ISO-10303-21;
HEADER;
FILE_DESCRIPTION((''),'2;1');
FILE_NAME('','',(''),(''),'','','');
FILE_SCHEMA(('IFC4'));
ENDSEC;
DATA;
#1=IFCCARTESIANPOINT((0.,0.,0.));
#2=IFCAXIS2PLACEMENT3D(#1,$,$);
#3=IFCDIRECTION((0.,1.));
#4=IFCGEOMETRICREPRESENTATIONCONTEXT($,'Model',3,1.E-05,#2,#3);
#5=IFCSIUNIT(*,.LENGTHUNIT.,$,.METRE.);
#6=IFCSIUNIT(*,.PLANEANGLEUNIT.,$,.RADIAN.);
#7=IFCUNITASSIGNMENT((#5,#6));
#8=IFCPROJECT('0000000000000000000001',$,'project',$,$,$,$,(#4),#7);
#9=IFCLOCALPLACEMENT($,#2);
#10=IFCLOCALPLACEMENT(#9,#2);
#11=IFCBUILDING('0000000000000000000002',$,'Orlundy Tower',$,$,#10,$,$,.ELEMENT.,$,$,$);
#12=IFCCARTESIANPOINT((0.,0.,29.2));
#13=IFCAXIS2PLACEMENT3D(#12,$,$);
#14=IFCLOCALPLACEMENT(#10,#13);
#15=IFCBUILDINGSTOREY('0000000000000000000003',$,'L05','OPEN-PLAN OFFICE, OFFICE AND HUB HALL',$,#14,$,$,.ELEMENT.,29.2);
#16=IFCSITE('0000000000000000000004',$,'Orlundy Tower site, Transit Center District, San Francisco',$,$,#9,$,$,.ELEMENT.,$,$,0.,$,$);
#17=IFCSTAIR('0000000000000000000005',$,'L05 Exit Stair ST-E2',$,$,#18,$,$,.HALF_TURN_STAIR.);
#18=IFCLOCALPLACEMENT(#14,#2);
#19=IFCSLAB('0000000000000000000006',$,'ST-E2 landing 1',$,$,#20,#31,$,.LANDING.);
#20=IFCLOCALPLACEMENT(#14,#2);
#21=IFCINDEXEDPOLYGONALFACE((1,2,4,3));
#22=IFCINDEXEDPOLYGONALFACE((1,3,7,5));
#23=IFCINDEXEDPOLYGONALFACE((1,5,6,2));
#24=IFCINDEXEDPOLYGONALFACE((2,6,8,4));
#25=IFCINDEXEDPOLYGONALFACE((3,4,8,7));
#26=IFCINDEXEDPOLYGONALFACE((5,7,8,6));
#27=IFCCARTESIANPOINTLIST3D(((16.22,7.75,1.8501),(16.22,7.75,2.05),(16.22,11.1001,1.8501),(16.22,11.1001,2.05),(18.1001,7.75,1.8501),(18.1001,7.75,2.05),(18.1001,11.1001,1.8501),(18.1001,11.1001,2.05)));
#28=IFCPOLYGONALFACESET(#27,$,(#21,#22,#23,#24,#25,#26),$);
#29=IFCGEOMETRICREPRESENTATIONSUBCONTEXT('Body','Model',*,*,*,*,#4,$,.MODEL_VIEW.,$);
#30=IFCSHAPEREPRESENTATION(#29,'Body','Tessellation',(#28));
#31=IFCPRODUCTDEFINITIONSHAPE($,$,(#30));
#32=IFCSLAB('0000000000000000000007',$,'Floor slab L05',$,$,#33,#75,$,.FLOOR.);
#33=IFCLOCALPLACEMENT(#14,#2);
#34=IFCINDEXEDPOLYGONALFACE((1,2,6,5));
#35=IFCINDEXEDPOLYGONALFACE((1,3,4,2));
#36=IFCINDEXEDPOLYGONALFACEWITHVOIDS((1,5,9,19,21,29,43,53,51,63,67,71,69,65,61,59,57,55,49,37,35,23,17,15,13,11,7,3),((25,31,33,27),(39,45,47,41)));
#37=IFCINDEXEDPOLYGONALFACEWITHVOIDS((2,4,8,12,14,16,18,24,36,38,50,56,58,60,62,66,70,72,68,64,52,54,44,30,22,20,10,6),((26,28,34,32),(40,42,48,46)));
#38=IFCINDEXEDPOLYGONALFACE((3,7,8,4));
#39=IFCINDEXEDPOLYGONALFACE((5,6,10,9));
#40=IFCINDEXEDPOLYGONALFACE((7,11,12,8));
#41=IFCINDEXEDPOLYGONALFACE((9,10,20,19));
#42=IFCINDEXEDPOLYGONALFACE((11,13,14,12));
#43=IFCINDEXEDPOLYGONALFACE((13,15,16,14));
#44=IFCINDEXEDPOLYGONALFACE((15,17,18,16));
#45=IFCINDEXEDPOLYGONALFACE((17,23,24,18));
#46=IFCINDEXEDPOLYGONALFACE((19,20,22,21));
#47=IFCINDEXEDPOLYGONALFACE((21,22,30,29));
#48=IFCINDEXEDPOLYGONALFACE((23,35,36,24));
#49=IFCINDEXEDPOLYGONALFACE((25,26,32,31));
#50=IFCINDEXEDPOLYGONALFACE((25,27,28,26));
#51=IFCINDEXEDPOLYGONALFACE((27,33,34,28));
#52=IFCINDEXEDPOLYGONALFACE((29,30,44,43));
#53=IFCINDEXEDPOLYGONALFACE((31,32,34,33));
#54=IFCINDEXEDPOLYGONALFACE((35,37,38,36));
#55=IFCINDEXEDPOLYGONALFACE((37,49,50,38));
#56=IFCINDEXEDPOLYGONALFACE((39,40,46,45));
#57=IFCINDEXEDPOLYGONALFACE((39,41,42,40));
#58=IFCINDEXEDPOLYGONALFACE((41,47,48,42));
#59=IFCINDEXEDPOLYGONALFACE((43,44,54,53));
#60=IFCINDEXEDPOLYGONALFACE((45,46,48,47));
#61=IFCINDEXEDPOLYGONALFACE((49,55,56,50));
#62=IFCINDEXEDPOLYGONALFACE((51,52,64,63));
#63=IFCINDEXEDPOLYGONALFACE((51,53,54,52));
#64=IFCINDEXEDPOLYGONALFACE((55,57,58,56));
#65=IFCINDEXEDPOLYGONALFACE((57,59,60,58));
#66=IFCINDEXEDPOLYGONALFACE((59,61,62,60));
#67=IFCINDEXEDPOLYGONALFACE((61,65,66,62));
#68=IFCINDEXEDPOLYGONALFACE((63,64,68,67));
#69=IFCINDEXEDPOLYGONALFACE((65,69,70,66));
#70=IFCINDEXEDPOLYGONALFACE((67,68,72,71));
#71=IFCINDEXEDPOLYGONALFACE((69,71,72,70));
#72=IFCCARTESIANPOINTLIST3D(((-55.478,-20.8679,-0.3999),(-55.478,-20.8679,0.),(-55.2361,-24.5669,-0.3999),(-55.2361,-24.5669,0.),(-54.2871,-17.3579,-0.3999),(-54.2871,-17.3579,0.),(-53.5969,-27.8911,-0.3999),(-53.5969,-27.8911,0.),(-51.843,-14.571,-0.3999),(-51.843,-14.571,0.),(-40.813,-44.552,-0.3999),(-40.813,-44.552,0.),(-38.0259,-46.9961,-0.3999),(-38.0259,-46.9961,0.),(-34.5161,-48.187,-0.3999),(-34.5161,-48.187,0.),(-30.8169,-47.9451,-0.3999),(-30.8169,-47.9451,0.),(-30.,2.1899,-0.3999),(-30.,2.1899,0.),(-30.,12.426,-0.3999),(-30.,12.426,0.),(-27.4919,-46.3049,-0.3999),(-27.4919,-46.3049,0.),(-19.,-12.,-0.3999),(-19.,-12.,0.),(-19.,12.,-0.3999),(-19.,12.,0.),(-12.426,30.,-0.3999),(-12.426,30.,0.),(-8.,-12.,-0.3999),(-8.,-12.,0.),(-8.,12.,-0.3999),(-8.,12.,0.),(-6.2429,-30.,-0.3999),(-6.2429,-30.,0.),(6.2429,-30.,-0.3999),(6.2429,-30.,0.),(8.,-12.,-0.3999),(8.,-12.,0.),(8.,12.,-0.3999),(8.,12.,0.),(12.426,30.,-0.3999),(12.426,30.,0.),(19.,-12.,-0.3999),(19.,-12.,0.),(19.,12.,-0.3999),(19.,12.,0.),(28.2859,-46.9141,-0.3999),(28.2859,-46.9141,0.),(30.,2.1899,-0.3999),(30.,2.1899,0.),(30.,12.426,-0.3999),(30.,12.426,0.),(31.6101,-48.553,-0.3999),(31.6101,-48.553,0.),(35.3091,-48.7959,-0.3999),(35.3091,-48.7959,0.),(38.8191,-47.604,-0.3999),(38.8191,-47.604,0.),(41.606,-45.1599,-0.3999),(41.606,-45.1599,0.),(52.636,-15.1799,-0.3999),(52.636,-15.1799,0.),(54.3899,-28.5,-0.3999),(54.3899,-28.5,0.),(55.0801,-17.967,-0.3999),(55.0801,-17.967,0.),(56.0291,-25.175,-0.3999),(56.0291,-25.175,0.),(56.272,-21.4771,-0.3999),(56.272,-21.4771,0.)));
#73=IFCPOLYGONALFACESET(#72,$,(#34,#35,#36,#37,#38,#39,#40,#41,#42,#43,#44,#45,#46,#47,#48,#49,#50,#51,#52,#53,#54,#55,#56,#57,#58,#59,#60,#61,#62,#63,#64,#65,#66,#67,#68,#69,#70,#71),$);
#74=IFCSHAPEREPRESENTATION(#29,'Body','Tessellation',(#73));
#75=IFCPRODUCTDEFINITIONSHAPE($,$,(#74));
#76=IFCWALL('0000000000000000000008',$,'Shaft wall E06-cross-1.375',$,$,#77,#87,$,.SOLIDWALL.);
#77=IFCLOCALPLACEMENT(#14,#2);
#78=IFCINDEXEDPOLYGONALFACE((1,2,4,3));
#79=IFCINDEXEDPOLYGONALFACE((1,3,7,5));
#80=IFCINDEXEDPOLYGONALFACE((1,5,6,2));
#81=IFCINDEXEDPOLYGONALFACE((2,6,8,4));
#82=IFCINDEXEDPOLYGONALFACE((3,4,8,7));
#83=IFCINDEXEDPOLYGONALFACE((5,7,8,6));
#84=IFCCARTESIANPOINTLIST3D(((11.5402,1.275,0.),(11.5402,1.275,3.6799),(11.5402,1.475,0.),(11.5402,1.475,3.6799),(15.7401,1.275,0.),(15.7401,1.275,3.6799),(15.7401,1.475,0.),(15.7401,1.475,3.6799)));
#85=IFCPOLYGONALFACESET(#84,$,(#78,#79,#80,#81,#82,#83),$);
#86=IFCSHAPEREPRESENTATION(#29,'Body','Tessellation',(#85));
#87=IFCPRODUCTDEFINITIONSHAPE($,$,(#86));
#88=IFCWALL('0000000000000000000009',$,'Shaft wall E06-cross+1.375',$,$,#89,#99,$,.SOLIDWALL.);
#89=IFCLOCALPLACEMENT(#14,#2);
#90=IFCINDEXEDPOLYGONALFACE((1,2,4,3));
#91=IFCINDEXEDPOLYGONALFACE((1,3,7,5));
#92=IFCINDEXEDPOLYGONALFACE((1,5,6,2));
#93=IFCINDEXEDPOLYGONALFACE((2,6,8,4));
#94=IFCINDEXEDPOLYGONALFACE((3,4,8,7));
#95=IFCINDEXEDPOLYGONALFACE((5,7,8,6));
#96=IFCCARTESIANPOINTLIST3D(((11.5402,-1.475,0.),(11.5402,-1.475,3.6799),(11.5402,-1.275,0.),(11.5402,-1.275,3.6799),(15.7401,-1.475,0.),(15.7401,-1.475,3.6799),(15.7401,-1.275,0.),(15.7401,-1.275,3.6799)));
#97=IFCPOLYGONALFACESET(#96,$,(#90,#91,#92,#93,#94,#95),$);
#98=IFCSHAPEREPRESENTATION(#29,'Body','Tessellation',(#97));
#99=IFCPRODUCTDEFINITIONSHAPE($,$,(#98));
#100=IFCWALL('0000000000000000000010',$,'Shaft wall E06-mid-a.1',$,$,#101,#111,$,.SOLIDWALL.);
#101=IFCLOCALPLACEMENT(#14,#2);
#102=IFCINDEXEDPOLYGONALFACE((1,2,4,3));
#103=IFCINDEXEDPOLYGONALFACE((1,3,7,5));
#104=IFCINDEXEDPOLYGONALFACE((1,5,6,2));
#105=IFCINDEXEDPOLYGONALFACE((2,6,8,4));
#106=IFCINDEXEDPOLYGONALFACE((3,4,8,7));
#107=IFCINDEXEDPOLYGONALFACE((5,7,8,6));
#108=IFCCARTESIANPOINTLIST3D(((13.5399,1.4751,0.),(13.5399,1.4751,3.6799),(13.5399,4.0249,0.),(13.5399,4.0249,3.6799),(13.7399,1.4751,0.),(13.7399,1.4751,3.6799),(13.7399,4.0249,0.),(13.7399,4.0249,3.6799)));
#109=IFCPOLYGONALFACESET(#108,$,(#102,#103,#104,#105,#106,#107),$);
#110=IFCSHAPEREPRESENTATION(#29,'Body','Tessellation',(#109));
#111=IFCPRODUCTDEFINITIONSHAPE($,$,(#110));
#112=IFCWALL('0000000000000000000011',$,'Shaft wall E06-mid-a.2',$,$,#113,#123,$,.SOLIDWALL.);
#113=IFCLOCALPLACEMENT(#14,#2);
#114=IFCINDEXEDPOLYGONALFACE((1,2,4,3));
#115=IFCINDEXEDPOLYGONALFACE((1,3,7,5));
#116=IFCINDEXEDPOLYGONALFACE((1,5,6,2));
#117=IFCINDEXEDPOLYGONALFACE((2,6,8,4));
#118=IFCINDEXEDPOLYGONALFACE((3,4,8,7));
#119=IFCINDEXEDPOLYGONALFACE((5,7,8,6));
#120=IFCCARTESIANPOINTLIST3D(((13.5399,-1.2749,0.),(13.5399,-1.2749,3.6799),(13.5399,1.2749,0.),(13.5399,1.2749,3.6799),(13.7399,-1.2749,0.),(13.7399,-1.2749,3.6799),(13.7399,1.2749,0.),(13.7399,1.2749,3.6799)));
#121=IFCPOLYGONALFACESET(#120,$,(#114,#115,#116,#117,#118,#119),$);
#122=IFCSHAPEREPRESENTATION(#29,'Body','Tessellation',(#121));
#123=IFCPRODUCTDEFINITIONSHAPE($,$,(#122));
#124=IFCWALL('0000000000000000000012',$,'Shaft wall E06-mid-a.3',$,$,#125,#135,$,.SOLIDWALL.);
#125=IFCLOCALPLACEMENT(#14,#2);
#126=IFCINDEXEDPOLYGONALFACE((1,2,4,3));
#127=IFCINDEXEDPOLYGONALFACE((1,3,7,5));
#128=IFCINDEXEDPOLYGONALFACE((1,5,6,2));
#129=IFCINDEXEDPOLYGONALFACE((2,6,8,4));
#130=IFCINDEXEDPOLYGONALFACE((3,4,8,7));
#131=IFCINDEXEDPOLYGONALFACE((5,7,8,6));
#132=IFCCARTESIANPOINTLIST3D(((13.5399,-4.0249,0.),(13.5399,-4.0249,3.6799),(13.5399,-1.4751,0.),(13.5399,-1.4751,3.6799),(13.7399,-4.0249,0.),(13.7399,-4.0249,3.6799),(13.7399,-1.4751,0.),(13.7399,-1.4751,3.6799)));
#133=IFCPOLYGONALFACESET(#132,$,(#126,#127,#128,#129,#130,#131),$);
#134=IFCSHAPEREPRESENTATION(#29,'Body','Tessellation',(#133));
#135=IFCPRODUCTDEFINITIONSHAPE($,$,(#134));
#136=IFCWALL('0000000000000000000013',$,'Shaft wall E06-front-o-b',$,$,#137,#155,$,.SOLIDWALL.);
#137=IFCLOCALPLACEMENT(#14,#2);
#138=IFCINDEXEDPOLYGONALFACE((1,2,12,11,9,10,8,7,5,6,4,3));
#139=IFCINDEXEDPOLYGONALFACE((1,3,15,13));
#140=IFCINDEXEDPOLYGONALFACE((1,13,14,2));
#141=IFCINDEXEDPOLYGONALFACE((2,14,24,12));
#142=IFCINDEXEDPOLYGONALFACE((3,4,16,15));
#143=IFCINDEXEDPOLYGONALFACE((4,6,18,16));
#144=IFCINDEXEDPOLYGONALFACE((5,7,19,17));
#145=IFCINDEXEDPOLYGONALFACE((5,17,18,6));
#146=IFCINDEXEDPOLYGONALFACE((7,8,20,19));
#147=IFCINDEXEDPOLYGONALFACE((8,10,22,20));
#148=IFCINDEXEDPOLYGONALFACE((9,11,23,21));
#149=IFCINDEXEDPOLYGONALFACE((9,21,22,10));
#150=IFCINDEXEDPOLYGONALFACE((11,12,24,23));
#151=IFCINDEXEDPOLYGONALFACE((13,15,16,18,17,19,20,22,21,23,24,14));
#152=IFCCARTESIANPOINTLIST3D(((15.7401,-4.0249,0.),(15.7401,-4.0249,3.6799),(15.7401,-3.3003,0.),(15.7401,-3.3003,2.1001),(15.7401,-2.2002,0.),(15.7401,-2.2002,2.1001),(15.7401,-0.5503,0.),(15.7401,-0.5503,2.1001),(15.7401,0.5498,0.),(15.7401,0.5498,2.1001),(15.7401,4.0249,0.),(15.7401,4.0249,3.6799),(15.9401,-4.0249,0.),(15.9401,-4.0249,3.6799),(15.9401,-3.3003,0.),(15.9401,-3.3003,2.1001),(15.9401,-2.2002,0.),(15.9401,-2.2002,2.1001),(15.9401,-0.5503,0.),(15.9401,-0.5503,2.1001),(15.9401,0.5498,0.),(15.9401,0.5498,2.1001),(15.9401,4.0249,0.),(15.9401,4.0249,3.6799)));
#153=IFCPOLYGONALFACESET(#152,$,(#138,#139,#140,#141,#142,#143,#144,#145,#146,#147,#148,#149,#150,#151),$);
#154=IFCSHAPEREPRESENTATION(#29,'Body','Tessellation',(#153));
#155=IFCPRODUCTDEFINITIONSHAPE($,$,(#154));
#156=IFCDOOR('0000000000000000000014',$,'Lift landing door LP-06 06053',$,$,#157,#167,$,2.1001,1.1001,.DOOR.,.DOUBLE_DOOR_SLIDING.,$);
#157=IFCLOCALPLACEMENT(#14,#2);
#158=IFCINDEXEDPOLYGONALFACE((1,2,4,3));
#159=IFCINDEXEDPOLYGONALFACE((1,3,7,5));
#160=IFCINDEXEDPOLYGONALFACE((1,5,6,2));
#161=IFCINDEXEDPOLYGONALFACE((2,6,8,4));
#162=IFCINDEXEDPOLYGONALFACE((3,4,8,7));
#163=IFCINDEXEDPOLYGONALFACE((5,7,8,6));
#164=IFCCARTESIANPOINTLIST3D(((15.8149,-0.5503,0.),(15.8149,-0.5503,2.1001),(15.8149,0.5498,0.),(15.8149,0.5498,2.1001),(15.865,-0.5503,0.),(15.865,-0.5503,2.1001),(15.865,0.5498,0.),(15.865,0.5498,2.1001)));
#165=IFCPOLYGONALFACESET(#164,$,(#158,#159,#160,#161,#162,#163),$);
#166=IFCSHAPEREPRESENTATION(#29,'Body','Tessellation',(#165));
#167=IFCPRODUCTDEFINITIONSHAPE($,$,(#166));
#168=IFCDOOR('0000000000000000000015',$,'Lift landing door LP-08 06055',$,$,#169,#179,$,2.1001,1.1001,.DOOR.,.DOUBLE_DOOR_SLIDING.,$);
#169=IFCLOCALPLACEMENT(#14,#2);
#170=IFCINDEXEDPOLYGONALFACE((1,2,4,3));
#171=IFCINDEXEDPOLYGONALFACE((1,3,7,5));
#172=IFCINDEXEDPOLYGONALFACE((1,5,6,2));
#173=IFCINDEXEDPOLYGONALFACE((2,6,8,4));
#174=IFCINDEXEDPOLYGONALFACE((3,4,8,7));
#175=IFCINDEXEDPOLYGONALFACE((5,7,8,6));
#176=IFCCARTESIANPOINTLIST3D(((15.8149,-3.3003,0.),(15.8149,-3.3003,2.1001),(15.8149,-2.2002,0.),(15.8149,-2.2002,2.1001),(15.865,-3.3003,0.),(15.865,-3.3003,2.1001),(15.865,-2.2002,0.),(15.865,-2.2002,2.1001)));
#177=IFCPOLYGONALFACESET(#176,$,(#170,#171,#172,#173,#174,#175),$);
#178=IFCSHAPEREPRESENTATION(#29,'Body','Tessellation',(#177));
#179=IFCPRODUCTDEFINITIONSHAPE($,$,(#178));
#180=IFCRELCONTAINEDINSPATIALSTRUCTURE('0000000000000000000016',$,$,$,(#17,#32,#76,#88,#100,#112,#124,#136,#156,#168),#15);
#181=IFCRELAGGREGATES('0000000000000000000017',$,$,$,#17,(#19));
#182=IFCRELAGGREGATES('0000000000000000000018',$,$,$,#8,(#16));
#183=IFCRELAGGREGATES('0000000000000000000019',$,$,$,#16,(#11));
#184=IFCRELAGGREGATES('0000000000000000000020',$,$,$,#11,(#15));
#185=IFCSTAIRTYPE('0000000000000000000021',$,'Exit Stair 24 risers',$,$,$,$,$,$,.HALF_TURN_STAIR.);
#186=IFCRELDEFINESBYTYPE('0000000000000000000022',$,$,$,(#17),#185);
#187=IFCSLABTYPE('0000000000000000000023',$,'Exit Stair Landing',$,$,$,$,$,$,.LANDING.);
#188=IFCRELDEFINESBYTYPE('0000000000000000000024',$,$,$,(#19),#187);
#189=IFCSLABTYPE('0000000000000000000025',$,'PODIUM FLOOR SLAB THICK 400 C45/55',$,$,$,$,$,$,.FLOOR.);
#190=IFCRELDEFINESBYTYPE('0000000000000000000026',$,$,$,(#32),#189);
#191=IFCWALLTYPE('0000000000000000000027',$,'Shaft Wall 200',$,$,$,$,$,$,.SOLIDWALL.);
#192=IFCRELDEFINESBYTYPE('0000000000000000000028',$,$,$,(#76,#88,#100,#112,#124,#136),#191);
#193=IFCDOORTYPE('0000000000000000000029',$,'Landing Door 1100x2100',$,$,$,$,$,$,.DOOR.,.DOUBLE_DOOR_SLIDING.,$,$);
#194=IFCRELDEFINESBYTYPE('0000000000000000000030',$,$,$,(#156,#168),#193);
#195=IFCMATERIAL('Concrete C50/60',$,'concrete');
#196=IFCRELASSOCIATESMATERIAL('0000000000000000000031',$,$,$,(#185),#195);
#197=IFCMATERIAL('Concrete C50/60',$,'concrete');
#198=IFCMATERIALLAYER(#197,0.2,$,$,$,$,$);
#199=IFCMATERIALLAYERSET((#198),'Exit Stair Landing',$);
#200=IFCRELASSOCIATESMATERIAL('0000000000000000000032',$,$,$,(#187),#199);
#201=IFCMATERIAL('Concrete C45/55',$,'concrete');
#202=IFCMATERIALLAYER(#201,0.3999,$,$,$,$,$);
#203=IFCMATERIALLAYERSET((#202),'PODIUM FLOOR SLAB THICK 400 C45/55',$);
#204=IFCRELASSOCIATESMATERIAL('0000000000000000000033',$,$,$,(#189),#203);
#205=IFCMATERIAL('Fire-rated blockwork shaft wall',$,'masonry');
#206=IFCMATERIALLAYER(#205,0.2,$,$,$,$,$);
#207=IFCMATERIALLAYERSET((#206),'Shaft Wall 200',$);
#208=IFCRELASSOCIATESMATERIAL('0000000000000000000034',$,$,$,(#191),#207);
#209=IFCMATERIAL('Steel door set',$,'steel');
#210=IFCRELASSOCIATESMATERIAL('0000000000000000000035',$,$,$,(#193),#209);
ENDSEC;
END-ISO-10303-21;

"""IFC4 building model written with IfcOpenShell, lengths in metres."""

from ifc_helpers import new_model, si_unit, direction, frame, frame_2d, origin, place, context, subcontext, project, spatial, polyline, rectangle, outline, extrude, material, layer, layer_set, type_object, element, fill, aggregate, save


model = new_model("IFC4")

# Units and contexts
model_context = context("Model", 3, precision=1e-05, world=origin(), true_north=direction((0.0, 1.0)))
body_context = subcontext(model_context, "Body", "Model", "MODEL_VIEW")
ifc_project = project(units=[si_unit("LENGTHUNIT", "METRE"), si_unit("PLANEANGLEUNIT", "RADIAN")], contexts=[model_context])

# Site, building, storey
site_placement = place(None, origin())
site = spatial("IfcSite", under=ifc_project, at=site_placement, Name="Orlundy Tower site, Transit Center District, San Francisco", CompositionType="ELEMENT", RefElevation=0.0)
building_placement = place(site_placement, origin())
building = spatial("IfcBuilding", under=site, at=building_placement, Name="Orlundy Tower", CompositionType="ELEMENT")
storey_placement = place(building_placement, frame((0.0, 0.0, 29.2)))
storey = spatial("IfcBuildingStorey", under=building, at=storey_placement, Name="L05", Description="OPEN-PLAN OFFICE, OFFICE AND HUB HALL", CompositionType="ELEMENT", Elevation=29.2)

# Stair, slab
ifc_material_1 = material(Name="Concrete C50/60", Category="concrete")
stair_type = type_object("IfcStairType", Name="Exit Stair 24 risers", PredefinedType="HALF_TURN_STAIR", material=ifc_material_1)
ifc_material_2 = material(Name="Concrete C50/60", Category="concrete")
ifc_layer_1 = layer(ifc_material_2, 0.2)
ifc_layer_set_1 = layer_set([ifc_layer_1], Name="Exit Stair Landing")
slab_type_1 = type_object("IfcSlabType", Name="Exit Stair Landing", PredefinedType="LANDING", material=ifc_layer_set_1)
stair_1_placement = place(storey_placement, origin())
stair_1 = element("IfcStair", 1, at=stair_1_placement, inside=storey, type_object=stair_type, Name="L05 Exit Stair ST-E2", PredefinedType="HALF_TURN_STAIR")
slab_1_placement = place(storey_placement, frame((0.0, 0.0, 1.8501)))
slab_1 = element("IfcSlab", 2, at=slab_1_placement, type_object=slab_type_1, Name="ST-E2 landing 1", PredefinedType="LANDING", context=body_context, shape_type="SweptSolid", body=[
    extrude(outline(polyline([(16.22, 7.75), (18.1001, 7.75), (18.1001, 11.1001), (16.22, 11.1001), (16.22, 7.75)])), origin(), (0.0, 0.0, 1.0), 0.2),
])
aggregate(stair_1, [slab_1])

# Slab
ifc_material_3 = material(Name="Concrete C45/55", Category="concrete")
ifc_layer_2 = layer(ifc_material_3, 0.3999)
ifc_layer_set_2 = layer_set([ifc_layer_2], Name="PODIUM FLOOR SLAB THICK 400 C45/55")
slab_type_2 = type_object("IfcSlabType", Name="PODIUM FLOOR SLAB THICK 400 C45/55", PredefinedType="FLOOR", material=ifc_layer_set_2)
slab_2_placement = place(storey_placement, frame((0.0, 0.0, -0.3999)))
element("IfcSlab", 3, at=slab_2_placement, inside=storey, type_object=slab_type_2, Name="Floor slab L05", PredefinedType="FLOOR", context=body_context, shape_type="SweptSolid", body=[
    extrude(outline(polyline([(6.2429, -30.0), (-6.2429, -30.0), (-27.4919, -46.3049), (-30.8169, -47.9451), (-34.5161, -48.187), (-38.0259, -46.9961), (-40.813, -44.552), (-53.5969, -27.8911), (-55.2361, -24.5669), (-55.478, -20.8679), (-54.2871, -17.3579), (-51.843, -14.571), (-30.0, 2.1899), (-30.0, 12.426), (-12.426, 30.0), (12.426, 30.0), (30.0, 12.426), (30.0, 2.1899), (52.636, -15.1799), (55.0801, -17.967), (56.272, -21.4771), (56.0291, -25.175), (54.3899, -28.5), (41.606, -45.1599), (38.8191, -47.604), (35.3091, -48.7959), (31.6101, -48.553), (28.2859, -46.9141), (6.2429, -30.0)]), holes=[polyline([(-8.0, -12.0), (-8.0, 12.0), (-19.0, 12.0), (-19.0, -12.0), (-8.0, -12.0)]), polyline([(19.0, -12.0), (19.0, 12.0), (8.0, 12.0), (8.0, -12.0), (19.0, -12.0)])]), origin(), (0.0, 0.0, 1.0), 0.3999),
])

# Walls
ifc_material_4 = material(Name="Fire-rated blockwork shaft wall", Category="masonry")
ifc_layer_3 = layer(ifc_material_4, 0.2)
ifc_layer_set_3 = layer_set([ifc_layer_3], Name="Shaft Wall 200")
wall_type = type_object("IfcWallType", Name="Shaft Wall 200", PredefinedType="SOLIDWALL", material=ifc_layer_set_3)
for number, where, z_axis, x_axis, name in (
    (4, (11.54, 1.375, 0.0), (0.0, 0.0, 1.0), (1.0, 0.0, 0.0), "Shaft wall E06-cross-1.375"),
    (5, (11.54, -1.375, 0.0), (0.0, 0.0, 1.0), (1.0, 0.0, 0.0), "Shaft wall E06-cross+1.375"),
):
    element("IfcWall", number, at=place(storey_placement, frame(where, z_axis=z_axis, x_axis=x_axis)), inside=storey, type_object=wall_type, Name=name, PredefinedType="SOLIDWALL", context=body_context, shape_type="SweptSolid", body=[
        extrude(rectangle(XDim=4.2, YDim=0.2, at=frame_2d((2.1001, 0.0))), origin(), (0.0, 0.0, 1.0), 3.6799),
    ])
for number, where, z_axis, x_axis, name in (
    (6, (13.6399, 4.0249, 0.0), (0.0, 0.0, 1.0), (0.0, -1.0, 0.0), "Shaft wall E06-mid-a.1"),
    (7, (13.6399, 1.2749, 0.0), (0.0, 0.0, 1.0), (0.0, -1.0, 0.0), "Shaft wall E06-mid-a.2"),
    (8, (13.6399, -1.4751, 0.0), (0.0, 0.0, 1.0), (0.0, -1.0, 0.0), "Shaft wall E06-mid-a.3"),
):
    element("IfcWall", number, at=place(storey_placement, frame(where, z_axis=z_axis, x_axis=x_axis)), inside=storey, type_object=wall_type, Name=name, PredefinedType="SOLIDWALL", context=body_context, shape_type="SweptSolid", body=[
        extrude(rectangle(XDim=2.5498, YDim=0.2, at=frame_2d((1.2749, 0.0))), origin(), (0.0, 0.0, 1.0), 3.6799),
    ])

# Wall, openings, doors
wall_placement = place(storey_placement, frame((15.8401, 4.0249, 0.0), z_axis=(0.0, 0.0, 1.0), x_axis=(0.0, -1.0, 0.0)))
wall = element("IfcWall", 9, at=wall_placement, inside=storey, type_object=wall_type, Name="Shaft wall E06-front-o-b", PredefinedType="SOLIDWALL", context=body_context, shape_type="SweptSolid", body=[
    extrude(rectangle(XDim=8.0498, YDim=0.2, at=frame_2d((4.0249, 0.0))), origin(), (0.0, 0.0, 1.0), 3.6799),
])
opening_1_placement = place(wall_placement, frame((3.4751, 0.0, 0.0)))
opening_1 = element("IfcOpeningElement", 10, at=opening_1_placement, cuts=wall, PredefinedType="OPENING", context=body_context, shape_type="SweptSolid", body=[
    extrude(rectangle(XDim=1.1001, YDim=2.1001, at=frame_2d((0.55, 1.05))), frame((0.0, 0.1101, 0.0), z_axis=(0.0, -1.0, 0.0), x_axis=(1.0, 0.0, 0.0)), (0.0, 0.0, 1.0), 0.2202),
])
opening_2_placement = place(wall_placement, frame((6.2251, 0.0, 0.0)))
opening_2 = element("IfcOpeningElement", 11, at=opening_2_placement, cuts=wall, PredefinedType="OPENING", context=body_context, shape_type="SweptSolid", body=[
    extrude(rectangle(XDim=1.1001, YDim=2.1001, at=frame_2d((0.55, 1.05))), frame((0.0, 0.1101, 0.0), z_axis=(0.0, -1.0, 0.0), x_axis=(1.0, 0.0, 0.0)), (0.0, 0.0, 1.0), 0.2202),
])
ifc_material_5 = material(Name="Steel door set", Category="steel")
door_type = type_object("IfcDoorType", Name="Landing Door 1100x2100", OperationType="DOUBLE_DOOR_SLIDING", PredefinedType="DOOR", material=ifc_material_5)
door_1_placement = place(opening_1_placement, origin())
door_1 = element("IfcDoor", 12, at=door_1_placement, inside=storey, type_object=door_type, Name="Lift landing door LP-06 06053", OperationType="DOUBLE_DOOR_SLIDING", OverallHeight=2.1001, OverallWidth=1.1001, PredefinedType="DOOR", context=body_context, shape_type="SweptSolid", body=[
    extrude(rectangle(XDim=1.1001, YDim=2.1001, at=frame_2d((0.55, 1.05))), frame((0.0, 0.0249, 0.0), z_axis=(0.0, -1.0, 0.0), x_axis=(1.0, 0.0, 0.0)), (0.0, 0.0, 1.0), 0.05),
])
fill(opening_1, door_1)
door_2_placement = place(opening_2_placement, origin())
door_2 = element("IfcDoor", 13, at=door_2_placement, inside=storey, type_object=door_type, Name="Lift landing door LP-08 06055", OperationType="DOUBLE_DOOR_SLIDING", OverallHeight=2.1001, OverallWidth=1.1001, PredefinedType="DOOR", context=body_context, shape_type="SweptSolid", body=[
    extrude(rectangle(XDim=1.1001, YDim=2.1001, at=frame_2d((0.55, 1.05))), frame((0.0, 0.0249, 0.0), z_axis=(0.0, -1.0, 0.0), x_axis=(1.0, 0.0, 0.0)), (0.0, 0.0, 1.0), 0.05),
])
fill(opening_2, door_2)

save(model, "model.ifc")
